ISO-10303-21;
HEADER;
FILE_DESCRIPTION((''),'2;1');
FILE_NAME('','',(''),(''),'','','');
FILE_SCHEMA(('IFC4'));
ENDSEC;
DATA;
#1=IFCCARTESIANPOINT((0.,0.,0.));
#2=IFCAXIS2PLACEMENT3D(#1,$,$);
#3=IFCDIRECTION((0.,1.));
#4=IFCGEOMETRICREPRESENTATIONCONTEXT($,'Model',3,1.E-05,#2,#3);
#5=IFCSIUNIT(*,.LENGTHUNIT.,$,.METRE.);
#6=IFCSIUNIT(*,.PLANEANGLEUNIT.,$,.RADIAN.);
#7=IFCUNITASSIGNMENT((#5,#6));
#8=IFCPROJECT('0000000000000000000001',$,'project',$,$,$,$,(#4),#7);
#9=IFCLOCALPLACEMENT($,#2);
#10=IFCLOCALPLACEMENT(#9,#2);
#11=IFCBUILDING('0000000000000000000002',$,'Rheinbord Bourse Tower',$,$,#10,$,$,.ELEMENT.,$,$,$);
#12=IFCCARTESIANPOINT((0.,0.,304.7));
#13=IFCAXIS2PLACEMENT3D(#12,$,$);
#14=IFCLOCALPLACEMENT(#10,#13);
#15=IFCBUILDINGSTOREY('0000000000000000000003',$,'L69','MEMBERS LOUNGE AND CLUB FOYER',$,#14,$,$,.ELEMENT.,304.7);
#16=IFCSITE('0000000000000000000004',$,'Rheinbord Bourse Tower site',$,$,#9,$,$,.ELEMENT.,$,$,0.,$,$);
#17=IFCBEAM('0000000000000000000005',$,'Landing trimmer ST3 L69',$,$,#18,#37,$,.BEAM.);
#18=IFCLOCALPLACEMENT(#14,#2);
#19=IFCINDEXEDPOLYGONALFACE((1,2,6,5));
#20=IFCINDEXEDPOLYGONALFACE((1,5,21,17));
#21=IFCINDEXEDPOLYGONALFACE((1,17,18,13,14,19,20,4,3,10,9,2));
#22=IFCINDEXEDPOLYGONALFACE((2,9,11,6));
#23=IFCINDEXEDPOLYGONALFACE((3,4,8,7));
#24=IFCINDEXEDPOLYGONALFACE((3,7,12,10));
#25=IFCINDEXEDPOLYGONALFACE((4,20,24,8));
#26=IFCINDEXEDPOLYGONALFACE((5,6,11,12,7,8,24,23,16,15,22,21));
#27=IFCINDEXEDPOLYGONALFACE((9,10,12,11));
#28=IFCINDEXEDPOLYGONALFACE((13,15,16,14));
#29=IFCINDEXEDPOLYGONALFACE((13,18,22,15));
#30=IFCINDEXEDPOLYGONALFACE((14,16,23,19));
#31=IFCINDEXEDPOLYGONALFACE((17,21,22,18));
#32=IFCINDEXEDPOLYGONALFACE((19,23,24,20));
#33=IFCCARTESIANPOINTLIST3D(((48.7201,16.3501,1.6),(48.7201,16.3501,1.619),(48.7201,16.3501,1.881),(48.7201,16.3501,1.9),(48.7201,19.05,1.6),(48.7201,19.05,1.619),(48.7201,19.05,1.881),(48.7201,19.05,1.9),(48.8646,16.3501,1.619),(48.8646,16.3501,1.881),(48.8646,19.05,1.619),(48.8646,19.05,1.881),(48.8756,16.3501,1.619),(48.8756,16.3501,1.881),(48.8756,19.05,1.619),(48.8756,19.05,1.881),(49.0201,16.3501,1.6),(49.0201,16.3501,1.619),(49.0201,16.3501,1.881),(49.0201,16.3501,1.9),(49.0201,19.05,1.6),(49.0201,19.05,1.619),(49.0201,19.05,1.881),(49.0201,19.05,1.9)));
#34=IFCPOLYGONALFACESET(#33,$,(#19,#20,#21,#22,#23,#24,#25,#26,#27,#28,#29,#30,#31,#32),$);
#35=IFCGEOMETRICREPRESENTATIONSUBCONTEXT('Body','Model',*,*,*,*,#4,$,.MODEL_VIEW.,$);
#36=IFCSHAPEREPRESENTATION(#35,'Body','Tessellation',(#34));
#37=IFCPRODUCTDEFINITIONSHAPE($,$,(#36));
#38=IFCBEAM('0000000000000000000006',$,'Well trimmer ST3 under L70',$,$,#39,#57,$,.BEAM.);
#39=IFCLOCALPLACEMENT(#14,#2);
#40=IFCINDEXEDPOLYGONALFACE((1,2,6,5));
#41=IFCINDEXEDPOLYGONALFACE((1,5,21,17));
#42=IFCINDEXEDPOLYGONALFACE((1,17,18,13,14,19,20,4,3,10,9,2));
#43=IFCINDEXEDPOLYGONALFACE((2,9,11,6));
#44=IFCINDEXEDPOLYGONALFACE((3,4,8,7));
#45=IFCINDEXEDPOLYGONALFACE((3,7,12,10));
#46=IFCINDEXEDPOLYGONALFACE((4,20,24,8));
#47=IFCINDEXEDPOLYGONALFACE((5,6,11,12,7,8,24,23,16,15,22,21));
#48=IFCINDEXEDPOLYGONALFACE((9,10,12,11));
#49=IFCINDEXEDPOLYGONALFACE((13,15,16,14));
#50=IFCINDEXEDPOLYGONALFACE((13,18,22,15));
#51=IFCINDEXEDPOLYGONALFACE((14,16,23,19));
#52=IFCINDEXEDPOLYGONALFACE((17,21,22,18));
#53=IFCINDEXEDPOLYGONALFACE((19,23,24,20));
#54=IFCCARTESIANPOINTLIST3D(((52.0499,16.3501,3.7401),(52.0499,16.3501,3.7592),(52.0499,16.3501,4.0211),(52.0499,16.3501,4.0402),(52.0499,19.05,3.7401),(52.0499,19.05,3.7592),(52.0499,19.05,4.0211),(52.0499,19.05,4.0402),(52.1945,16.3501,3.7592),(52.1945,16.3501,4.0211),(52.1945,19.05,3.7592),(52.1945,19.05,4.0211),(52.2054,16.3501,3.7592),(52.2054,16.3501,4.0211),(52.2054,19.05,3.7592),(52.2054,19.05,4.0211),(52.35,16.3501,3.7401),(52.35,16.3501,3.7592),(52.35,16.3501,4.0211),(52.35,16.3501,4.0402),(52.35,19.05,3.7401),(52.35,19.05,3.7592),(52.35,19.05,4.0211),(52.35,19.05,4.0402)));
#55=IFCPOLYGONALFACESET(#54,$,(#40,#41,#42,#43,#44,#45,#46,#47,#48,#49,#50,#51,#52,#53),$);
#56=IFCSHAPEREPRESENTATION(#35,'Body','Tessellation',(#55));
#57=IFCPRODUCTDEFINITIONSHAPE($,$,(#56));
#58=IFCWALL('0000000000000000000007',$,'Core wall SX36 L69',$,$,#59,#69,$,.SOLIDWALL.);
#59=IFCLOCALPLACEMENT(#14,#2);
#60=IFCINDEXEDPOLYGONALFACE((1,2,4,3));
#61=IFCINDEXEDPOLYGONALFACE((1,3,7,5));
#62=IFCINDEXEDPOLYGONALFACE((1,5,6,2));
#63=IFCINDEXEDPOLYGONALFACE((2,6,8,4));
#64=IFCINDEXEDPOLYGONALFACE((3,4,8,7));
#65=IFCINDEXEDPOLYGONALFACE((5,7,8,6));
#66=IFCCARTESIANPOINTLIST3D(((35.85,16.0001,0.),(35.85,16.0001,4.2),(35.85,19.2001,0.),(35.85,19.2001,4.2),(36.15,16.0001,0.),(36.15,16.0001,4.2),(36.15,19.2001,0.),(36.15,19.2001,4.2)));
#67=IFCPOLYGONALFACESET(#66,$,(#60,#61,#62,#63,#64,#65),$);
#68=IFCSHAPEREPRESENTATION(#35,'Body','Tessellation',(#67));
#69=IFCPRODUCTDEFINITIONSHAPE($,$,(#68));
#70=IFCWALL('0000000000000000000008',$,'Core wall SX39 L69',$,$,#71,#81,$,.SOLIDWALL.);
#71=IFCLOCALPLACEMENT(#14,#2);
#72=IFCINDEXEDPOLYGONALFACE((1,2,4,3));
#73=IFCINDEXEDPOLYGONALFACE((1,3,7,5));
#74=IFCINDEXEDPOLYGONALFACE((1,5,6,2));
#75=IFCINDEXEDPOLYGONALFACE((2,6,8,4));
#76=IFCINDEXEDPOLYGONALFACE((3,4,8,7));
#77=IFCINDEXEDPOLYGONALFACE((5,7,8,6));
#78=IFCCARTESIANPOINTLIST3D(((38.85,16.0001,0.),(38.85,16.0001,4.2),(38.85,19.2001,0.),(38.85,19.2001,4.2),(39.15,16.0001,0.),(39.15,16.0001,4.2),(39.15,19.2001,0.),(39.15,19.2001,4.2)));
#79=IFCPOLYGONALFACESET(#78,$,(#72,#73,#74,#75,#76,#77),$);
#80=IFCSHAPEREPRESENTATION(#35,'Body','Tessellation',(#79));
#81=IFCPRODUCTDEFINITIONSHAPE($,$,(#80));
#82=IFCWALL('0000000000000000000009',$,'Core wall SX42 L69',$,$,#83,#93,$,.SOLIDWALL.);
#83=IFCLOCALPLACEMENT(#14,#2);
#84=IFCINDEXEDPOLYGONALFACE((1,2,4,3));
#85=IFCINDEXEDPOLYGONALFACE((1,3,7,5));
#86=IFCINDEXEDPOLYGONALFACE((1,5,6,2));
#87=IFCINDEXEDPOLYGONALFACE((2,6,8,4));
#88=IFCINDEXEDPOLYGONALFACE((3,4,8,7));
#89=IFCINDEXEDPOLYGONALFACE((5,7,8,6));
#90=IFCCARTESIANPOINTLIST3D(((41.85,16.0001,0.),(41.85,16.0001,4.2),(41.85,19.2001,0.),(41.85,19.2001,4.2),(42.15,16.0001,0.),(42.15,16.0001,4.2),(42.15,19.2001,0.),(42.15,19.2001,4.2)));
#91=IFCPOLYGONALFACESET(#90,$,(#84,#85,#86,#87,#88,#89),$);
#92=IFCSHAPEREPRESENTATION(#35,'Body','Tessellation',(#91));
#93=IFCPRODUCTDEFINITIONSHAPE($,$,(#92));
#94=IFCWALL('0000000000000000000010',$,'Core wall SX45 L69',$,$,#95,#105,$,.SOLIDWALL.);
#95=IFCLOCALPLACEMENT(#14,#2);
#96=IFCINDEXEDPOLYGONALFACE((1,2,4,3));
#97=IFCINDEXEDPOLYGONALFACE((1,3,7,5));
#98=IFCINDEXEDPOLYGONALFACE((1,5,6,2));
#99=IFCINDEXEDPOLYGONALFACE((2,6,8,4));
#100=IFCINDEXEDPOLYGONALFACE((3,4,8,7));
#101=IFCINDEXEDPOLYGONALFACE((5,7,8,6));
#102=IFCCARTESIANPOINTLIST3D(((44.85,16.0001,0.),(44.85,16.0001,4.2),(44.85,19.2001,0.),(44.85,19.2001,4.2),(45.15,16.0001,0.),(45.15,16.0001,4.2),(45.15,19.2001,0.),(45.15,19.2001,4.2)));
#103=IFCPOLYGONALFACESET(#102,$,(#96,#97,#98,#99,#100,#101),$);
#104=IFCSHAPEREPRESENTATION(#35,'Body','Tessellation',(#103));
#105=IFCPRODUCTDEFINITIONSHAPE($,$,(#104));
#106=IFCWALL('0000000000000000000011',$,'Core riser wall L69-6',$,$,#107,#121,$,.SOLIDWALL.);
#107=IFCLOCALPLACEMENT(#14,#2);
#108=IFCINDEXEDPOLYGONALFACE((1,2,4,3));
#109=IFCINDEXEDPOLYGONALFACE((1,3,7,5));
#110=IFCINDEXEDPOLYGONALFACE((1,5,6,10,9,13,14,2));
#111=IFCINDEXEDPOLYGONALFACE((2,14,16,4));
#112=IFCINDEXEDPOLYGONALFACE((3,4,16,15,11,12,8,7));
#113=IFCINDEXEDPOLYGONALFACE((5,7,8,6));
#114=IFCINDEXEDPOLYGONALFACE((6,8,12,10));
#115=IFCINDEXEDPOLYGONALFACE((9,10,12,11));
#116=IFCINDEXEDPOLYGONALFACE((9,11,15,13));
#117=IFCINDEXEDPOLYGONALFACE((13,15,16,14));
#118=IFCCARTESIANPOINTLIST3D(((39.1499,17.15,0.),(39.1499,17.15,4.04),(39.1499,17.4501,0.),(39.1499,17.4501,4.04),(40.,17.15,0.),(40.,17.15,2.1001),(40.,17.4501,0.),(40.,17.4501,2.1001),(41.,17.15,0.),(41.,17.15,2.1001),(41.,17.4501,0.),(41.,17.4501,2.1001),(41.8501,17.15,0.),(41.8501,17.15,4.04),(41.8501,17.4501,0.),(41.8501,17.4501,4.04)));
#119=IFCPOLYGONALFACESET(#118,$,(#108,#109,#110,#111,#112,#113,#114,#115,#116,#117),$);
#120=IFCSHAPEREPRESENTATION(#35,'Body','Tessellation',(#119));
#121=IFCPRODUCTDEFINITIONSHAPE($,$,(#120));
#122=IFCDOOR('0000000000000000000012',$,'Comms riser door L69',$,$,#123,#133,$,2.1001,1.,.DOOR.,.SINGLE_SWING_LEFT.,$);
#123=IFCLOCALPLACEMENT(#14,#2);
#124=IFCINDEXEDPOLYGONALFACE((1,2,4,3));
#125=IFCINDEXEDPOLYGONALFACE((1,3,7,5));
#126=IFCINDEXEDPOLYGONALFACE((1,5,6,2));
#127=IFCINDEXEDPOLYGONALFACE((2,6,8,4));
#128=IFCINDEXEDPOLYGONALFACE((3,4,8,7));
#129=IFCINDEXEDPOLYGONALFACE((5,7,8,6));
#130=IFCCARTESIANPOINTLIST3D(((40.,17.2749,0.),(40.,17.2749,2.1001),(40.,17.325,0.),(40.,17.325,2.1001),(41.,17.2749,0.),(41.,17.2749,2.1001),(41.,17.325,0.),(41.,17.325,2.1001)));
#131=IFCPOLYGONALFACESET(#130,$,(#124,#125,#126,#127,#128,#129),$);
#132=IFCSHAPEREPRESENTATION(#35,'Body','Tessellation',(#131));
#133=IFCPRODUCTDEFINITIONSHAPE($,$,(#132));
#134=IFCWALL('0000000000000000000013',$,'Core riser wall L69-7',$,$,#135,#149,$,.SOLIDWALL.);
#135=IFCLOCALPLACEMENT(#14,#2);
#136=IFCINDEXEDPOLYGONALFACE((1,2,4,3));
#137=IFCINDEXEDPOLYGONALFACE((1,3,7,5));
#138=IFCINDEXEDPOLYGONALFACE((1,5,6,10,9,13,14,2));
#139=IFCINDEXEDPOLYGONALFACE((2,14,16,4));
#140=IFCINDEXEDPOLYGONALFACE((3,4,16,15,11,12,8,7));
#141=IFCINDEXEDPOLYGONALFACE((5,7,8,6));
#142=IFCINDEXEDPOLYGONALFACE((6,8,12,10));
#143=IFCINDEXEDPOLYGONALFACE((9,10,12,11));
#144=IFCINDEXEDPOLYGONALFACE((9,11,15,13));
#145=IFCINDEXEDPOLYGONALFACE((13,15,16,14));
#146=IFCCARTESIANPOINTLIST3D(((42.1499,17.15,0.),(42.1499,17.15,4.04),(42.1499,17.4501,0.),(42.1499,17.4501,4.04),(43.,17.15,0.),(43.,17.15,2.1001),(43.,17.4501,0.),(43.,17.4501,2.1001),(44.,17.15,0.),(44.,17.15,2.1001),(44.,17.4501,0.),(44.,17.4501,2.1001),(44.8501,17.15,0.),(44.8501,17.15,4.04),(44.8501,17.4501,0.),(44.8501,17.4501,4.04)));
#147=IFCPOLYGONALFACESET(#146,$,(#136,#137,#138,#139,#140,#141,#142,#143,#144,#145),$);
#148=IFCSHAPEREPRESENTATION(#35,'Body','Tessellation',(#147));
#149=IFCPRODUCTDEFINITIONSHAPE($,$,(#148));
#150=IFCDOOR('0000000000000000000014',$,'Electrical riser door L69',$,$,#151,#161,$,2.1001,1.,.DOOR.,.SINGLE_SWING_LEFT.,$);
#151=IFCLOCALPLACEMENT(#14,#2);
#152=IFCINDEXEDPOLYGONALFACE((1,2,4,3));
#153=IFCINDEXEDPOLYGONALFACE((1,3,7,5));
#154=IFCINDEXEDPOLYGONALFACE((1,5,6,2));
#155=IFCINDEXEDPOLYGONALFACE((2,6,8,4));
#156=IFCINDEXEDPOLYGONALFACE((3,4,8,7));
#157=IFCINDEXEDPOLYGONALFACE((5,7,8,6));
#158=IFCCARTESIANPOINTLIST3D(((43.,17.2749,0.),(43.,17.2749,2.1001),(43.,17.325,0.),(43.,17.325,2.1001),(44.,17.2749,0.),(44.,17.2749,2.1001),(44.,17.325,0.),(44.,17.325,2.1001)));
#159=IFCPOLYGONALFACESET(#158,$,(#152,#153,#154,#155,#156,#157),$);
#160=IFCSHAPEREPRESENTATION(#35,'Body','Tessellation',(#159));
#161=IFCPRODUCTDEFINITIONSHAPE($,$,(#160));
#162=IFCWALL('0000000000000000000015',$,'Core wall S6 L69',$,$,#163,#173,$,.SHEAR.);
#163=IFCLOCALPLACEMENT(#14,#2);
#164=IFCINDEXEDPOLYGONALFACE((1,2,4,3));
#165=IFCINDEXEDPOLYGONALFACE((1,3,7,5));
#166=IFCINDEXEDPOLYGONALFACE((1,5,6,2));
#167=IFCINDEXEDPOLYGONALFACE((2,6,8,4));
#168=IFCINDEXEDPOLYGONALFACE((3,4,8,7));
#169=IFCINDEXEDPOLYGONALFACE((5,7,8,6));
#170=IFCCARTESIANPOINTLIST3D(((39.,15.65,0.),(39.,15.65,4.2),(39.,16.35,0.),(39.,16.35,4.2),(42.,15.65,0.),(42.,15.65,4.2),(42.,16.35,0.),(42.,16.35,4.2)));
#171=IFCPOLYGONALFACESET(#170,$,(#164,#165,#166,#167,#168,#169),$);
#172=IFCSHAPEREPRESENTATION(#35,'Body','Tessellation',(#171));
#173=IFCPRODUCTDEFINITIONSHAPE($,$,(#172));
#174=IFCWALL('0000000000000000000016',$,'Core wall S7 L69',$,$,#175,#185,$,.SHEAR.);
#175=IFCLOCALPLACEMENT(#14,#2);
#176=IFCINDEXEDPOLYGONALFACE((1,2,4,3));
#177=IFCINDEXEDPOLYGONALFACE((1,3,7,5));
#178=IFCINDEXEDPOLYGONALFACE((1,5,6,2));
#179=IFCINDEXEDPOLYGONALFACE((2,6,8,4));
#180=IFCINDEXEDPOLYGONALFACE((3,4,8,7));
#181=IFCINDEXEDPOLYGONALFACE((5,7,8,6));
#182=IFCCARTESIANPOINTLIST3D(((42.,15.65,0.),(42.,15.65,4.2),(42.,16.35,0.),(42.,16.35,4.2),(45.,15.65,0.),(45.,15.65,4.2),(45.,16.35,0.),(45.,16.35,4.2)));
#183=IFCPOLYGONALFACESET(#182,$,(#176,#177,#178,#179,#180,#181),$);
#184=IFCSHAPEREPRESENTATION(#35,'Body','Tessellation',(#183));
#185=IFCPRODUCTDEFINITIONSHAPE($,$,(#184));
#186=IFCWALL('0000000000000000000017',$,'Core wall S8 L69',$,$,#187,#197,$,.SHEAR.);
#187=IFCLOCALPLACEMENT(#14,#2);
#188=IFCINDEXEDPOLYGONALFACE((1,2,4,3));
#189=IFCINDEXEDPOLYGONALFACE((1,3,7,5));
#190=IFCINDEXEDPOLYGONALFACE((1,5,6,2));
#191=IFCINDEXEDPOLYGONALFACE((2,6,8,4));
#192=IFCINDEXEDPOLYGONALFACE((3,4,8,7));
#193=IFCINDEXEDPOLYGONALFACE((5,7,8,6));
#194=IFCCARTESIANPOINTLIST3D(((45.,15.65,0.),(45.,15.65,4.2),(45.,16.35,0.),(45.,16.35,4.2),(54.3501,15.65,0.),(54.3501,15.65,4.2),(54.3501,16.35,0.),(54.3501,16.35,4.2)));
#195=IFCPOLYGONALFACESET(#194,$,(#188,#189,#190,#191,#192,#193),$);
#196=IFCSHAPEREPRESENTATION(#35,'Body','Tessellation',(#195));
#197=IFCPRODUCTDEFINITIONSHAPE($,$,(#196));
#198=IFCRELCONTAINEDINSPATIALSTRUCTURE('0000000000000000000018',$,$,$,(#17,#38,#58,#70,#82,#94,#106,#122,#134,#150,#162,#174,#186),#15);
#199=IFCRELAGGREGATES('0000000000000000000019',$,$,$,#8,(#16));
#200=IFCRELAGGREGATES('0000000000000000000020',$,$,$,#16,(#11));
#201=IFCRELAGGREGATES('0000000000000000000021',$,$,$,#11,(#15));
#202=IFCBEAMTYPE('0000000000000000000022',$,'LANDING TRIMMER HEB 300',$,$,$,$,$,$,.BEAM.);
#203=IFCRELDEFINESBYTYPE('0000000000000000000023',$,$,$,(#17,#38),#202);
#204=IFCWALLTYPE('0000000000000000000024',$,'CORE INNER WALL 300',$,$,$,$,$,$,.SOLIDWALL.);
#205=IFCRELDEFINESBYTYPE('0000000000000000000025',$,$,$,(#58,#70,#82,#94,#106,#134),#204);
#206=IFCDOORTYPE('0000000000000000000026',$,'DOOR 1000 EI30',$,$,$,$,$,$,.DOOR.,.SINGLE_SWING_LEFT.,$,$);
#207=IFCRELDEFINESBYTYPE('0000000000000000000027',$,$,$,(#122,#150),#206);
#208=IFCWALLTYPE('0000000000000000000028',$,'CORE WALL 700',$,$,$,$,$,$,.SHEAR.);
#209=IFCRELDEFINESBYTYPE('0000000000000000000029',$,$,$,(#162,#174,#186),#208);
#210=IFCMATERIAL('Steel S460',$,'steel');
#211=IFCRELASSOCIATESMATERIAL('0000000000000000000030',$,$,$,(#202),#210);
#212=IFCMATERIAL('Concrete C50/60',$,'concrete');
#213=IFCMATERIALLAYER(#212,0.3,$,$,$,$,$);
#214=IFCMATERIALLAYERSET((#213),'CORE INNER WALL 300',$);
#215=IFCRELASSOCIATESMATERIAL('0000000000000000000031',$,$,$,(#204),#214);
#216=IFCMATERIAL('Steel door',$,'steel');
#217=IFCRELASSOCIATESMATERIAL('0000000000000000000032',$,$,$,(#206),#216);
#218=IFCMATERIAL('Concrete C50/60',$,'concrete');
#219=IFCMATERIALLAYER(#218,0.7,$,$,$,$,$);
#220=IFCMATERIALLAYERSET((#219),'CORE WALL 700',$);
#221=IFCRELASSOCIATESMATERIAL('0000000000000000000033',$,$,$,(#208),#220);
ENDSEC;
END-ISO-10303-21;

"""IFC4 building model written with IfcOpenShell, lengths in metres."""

from ifc_helpers import new_model, si_unit, direction, frame, frame_2d, origin, origin_2d, place, context, subcontext, project, spatial, rectangle, i_section, extrude, material, layer, layer_set, material_profile, profile_set, type_object, element, fill, save


model = new_model("IFC4")

# Units and contexts
model_context = context("Model", 3, precision=1e-05, world=origin(), true_north=direction((0.0, 1.0)))
body_context = subcontext(model_context, "Body", "Model", "MODEL_VIEW")
ifc_project = project(units=[si_unit("LENGTHUNIT", "METRE"), si_unit("PLANEANGLEUNIT", "RADIAN")], contexts=[model_context])

# Site, building, storey
site_placement = place(None, origin())
site = spatial("IfcSite", under=ifc_project, at=site_placement, Name="Rheinbord Bourse Tower site", CompositionType="ELEMENT", RefElevation=0.0)
building_placement = place(site_placement, origin())
building = spatial("IfcBuilding", under=site, at=building_placement, Name="Rheinbord Bourse Tower", CompositionType="ELEMENT")
storey_placement = place(building_placement, frame((0.0, 0.0, 304.7)))
storey = spatial("IfcBuildingStorey", under=building, at=storey_placement, Name="L69", Description="MEMBERS LOUNGE AND CLUB FOYER", CompositionType="ELEMENT", Elevation=304.7)

# Beams
ifc_material_1 = material(Name="Steel S460", Category="steel")
ifc_material_profile = material_profile(ifc_material_1, i_section(OverallWidth=0.3, OverallDepth=0.3, WebThickness=0.011, FlangeThickness=0.019, at=origin_2d()), Name="HEB 300")
ifc_profile_set = profile_set([ifc_material_profile], Name="Steel S460")
beam_type = type_object("IfcBeamType", Name="LANDING TRIMMER HEB 300", PredefinedType="BEAM", material=ifc_profile_set)
for number, where, z_axis, x_axis, name in (
    (1, (48.8701, 16.3501, 1.75), (0.0, 1.0, 0.0), (-1.0, 0.0, 0.0), "Landing trimmer ST3 L69"),
    (2, (52.2, 16.3501, 3.8901), (0.0, 1.0, 0.0), (-1.0, 0.0, 0.0), "Well trimmer ST3 under L70"),
):
    element("IfcBeam", number, at=place(storey_placement, frame(where, z_axis=z_axis, x_axis=x_axis)), inside=storey, type_object=beam_type, Name=name, PredefinedType="BEAM", context=body_context, shape_type="SweptSolid", body=[
        extrude(i_section(OverallWidth=0.3, OverallDepth=0.3, WebThickness=0.011, FlangeThickness=0.019, at=origin_2d()), origin(), (0.0, 0.0, 1.0), 2.7),
    ])

# Walls
ifc_material_2 = material(Name="Concrete C50/60", Category="concrete")
ifc_layer_1 = layer(ifc_material_2, 0.3)
ifc_layer_set_1 = layer_set([ifc_layer_1], Name="CORE INNER WALL 300")
wall_type_1 = type_object("IfcWallType", Name="CORE INNER WALL 300", PredefinedType="SOLIDWALL", material=ifc_layer_set_1)
for number, where, z_axis, x_axis, name in (
    (3, (36.0, 16.0, 0.0), (0.0, 0.0, 1.0), (0.0, 1.0, 0.0), "Core wall SX36 L69"),
    (4, (39.0, 16.0, 0.0), (0.0, 0.0, 1.0), (0.0, 1.0, 0.0), "Core wall SX39 L69"),
    (5, (42.0, 16.0, 0.0), (0.0, 0.0, 1.0), (0.0, 1.0, 0.0), "Core wall SX42 L69"),
    (6, (45.0, 16.0, 0.0), (0.0, 0.0, 1.0), (0.0, 1.0, 0.0), "Core wall SX45 L69"),
):
    element("IfcWall", number, at=place(storey_placement, frame(where, z_axis=z_axis, x_axis=x_axis)), inside=storey, type_object=wall_type_1, Name=name, PredefinedType="SOLIDWALL", context=body_context, shape_type="SweptSolid", body=[
        extrude(rectangle(XDim=3.2, YDim=0.3, at=frame_2d((1.6001, 0.0))), origin(), (0.0, 0.0, 1.0), 4.2),
    ])

# Walls, openings, doors
wall_1_placement = place(storey_placement, frame((39.1499, 17.3, 0.0), z_axis=(0.0, 0.0, 1.0), x_axis=(1.0, 0.0, 0.0)))
wall_1 = element("IfcWall", 7, at=wall_1_placement, inside=storey, type_object=wall_type_1, Name="Core riser wall L69-6", PredefinedType="SOLIDWALL", context=body_context, shape_type="SweptSolid", body=[
    extrude(rectangle(XDim=2.7002, YDim=0.3, at=frame_2d((1.3501, 0.0))), origin(), (0.0, 0.0, 1.0), 4.04),
])
opening_1_placement = place(wall_1_placement, frame((0.8501, 0.0, 0.0)))
opening_1 = element("IfcOpeningElement", 8, at=opening_1_placement, cuts=wall_1, PredefinedType="OPENING", context=body_context, shape_type="SweptSolid", body=[
    extrude(rectangle(XDim=1.0, YDim=2.1001, at=frame_2d((0.5, 1.05))), frame((0.0, 0.1599, 0.0), z_axis=(0.0, -1.0, 0.0), x_axis=(1.0, 0.0, 0.0)), (0.0, 0.0, 1.0), 0.3201),
])
ifc_material_3 = material(Name="Steel door", Category="steel")
door_type_1 = type_object("IfcDoorType", Name="DOOR 1000 EI30", OperationType="SINGLE_SWING_LEFT", PredefinedType="DOOR", material=ifc_material_3)
door_1_placement = place(opening_1_placement, origin())
door_1 = element("IfcDoor", 9, at=door_1_placement, inside=storey, type_object=door_type_1, Name="Comms riser door L69", OperationType="SINGLE_SWING_LEFT", OverallHeight=2.1001, OverallWidth=1.0, PredefinedType="DOOR", context=body_context, shape_type="SweptSolid", body=[
    extrude(rectangle(XDim=1.0, YDim=2.1001, at=frame_2d((0.5, 1.05))), frame((0.0, 0.0249, 0.0), z_axis=(0.0, -1.0, 0.0), x_axis=(1.0, 0.0, 0.0)), (0.0, 0.0, 1.0), 0.05),
])
fill(opening_1, door_1)
wall_2_placement = place(storey_placement, frame((42.1499, 17.3, 0.0), z_axis=(0.0, 0.0, 1.0), x_axis=(1.0, 0.0, 0.0)))
wall_2 = element("IfcWall", 10, at=wall_2_placement, inside=storey, type_object=wall_type_1, Name="Core riser wall L69-7", PredefinedType="SOLIDWALL", context=body_context, shape_type="SweptSolid", body=[
    extrude(rectangle(XDim=2.7002, YDim=0.3, at=frame_2d((1.3501, 0.0))), origin(), (0.0, 0.0, 1.0), 4.04),
])
opening_2_placement = place(wall_2_placement, frame((0.8501, 0.0, 0.0)))
opening_2 = element("IfcOpeningElement", 11, at=opening_2_placement, cuts=wall_2, PredefinedType="OPENING", context=body_context, shape_type="SweptSolid", body=[
    extrude(rectangle(XDim=1.0, YDim=2.1001, at=frame_2d((0.5, 1.05))), frame((0.0, 0.1599, 0.0), z_axis=(0.0, -1.0, 0.0), x_axis=(1.0, 0.0, 0.0)), (0.0, 0.0, 1.0), 0.3201),
])
door_2_placement = place(opening_2_placement, origin())
door_2 = element("IfcDoor", 12, at=door_2_placement, inside=storey, type_object=door_type_1, Name="Electrical riser door L69", OperationType="SINGLE_SWING_LEFT", OverallHeight=2.1001, OverallWidth=1.0, PredefinedType="DOOR", context=body_context, shape_type="SweptSolid", body=[
    extrude(rectangle(XDim=1.0, YDim=2.1001, at=frame_2d((0.5, 1.05))), frame((0.0, 0.0249, 0.0), z_axis=(0.0, -1.0, 0.0), x_axis=(1.0, 0.0, 0.0)), (0.0, 0.0, 1.0), 0.05),
])
fill(opening_2, door_2)

# Walls
ifc_material_4 = material(Name="Concrete C50/60", Category="concrete")
ifc_layer_2 = layer(ifc_material_4, 0.7)
ifc_layer_set_2 = layer_set([ifc_layer_2], Name="CORE WALL 700")
wall_type_2 = type_object("IfcWallType", Name="CORE WALL 700", PredefinedType="SHEAR", material=ifc_layer_set_2)
for number, where, z_axis, x_axis, name in (
    (13, (39.0, 16.0, 0.0), (0.0, 0.0, 1.0), (1.0, 0.0, 0.0), "Core wall S6 L69"),
    (14, (42.0, 16.0, 0.0), (0.0, 0.0, 1.0), (1.0, 0.0, 0.0), "Core wall S7 L69"),
):
    element("IfcWall", number, at=place(storey_placement, frame(where, z_axis=z_axis, x_axis=x_axis)), inside=storey, type_object=wall_type_2, Name=name, PredefinedType="SHEAR", context=body_context, shape_type="SweptSolid", body=[
        extrude(rectangle(XDim=3.0, YDim=0.7, at=frame_2d((1.5, 0.0))), origin(), (0.0, 0.0, 1.0), 4.2),
    ])
wall_3_placement = place(storey_placement, frame((45.0, 16.0, 0.0), z_axis=(0.0, 0.0, 1.0), x_axis=(1.0, 0.0, 0.0)))
element("IfcWall", 15, at=wall_3_placement, inside=storey, type_object=wall_type_2, Name="Core wall S8 L69", PredefinedType="SHEAR", context=body_context, shape_type="SweptSolid", body=[
    extrude(rectangle(XDim=9.3501, YDim=0.7, at=frame_2d((4.675, 0.0))), origin(), (0.0, 0.0, 1.0), 4.2),
])

save(model, "model.ifc")
